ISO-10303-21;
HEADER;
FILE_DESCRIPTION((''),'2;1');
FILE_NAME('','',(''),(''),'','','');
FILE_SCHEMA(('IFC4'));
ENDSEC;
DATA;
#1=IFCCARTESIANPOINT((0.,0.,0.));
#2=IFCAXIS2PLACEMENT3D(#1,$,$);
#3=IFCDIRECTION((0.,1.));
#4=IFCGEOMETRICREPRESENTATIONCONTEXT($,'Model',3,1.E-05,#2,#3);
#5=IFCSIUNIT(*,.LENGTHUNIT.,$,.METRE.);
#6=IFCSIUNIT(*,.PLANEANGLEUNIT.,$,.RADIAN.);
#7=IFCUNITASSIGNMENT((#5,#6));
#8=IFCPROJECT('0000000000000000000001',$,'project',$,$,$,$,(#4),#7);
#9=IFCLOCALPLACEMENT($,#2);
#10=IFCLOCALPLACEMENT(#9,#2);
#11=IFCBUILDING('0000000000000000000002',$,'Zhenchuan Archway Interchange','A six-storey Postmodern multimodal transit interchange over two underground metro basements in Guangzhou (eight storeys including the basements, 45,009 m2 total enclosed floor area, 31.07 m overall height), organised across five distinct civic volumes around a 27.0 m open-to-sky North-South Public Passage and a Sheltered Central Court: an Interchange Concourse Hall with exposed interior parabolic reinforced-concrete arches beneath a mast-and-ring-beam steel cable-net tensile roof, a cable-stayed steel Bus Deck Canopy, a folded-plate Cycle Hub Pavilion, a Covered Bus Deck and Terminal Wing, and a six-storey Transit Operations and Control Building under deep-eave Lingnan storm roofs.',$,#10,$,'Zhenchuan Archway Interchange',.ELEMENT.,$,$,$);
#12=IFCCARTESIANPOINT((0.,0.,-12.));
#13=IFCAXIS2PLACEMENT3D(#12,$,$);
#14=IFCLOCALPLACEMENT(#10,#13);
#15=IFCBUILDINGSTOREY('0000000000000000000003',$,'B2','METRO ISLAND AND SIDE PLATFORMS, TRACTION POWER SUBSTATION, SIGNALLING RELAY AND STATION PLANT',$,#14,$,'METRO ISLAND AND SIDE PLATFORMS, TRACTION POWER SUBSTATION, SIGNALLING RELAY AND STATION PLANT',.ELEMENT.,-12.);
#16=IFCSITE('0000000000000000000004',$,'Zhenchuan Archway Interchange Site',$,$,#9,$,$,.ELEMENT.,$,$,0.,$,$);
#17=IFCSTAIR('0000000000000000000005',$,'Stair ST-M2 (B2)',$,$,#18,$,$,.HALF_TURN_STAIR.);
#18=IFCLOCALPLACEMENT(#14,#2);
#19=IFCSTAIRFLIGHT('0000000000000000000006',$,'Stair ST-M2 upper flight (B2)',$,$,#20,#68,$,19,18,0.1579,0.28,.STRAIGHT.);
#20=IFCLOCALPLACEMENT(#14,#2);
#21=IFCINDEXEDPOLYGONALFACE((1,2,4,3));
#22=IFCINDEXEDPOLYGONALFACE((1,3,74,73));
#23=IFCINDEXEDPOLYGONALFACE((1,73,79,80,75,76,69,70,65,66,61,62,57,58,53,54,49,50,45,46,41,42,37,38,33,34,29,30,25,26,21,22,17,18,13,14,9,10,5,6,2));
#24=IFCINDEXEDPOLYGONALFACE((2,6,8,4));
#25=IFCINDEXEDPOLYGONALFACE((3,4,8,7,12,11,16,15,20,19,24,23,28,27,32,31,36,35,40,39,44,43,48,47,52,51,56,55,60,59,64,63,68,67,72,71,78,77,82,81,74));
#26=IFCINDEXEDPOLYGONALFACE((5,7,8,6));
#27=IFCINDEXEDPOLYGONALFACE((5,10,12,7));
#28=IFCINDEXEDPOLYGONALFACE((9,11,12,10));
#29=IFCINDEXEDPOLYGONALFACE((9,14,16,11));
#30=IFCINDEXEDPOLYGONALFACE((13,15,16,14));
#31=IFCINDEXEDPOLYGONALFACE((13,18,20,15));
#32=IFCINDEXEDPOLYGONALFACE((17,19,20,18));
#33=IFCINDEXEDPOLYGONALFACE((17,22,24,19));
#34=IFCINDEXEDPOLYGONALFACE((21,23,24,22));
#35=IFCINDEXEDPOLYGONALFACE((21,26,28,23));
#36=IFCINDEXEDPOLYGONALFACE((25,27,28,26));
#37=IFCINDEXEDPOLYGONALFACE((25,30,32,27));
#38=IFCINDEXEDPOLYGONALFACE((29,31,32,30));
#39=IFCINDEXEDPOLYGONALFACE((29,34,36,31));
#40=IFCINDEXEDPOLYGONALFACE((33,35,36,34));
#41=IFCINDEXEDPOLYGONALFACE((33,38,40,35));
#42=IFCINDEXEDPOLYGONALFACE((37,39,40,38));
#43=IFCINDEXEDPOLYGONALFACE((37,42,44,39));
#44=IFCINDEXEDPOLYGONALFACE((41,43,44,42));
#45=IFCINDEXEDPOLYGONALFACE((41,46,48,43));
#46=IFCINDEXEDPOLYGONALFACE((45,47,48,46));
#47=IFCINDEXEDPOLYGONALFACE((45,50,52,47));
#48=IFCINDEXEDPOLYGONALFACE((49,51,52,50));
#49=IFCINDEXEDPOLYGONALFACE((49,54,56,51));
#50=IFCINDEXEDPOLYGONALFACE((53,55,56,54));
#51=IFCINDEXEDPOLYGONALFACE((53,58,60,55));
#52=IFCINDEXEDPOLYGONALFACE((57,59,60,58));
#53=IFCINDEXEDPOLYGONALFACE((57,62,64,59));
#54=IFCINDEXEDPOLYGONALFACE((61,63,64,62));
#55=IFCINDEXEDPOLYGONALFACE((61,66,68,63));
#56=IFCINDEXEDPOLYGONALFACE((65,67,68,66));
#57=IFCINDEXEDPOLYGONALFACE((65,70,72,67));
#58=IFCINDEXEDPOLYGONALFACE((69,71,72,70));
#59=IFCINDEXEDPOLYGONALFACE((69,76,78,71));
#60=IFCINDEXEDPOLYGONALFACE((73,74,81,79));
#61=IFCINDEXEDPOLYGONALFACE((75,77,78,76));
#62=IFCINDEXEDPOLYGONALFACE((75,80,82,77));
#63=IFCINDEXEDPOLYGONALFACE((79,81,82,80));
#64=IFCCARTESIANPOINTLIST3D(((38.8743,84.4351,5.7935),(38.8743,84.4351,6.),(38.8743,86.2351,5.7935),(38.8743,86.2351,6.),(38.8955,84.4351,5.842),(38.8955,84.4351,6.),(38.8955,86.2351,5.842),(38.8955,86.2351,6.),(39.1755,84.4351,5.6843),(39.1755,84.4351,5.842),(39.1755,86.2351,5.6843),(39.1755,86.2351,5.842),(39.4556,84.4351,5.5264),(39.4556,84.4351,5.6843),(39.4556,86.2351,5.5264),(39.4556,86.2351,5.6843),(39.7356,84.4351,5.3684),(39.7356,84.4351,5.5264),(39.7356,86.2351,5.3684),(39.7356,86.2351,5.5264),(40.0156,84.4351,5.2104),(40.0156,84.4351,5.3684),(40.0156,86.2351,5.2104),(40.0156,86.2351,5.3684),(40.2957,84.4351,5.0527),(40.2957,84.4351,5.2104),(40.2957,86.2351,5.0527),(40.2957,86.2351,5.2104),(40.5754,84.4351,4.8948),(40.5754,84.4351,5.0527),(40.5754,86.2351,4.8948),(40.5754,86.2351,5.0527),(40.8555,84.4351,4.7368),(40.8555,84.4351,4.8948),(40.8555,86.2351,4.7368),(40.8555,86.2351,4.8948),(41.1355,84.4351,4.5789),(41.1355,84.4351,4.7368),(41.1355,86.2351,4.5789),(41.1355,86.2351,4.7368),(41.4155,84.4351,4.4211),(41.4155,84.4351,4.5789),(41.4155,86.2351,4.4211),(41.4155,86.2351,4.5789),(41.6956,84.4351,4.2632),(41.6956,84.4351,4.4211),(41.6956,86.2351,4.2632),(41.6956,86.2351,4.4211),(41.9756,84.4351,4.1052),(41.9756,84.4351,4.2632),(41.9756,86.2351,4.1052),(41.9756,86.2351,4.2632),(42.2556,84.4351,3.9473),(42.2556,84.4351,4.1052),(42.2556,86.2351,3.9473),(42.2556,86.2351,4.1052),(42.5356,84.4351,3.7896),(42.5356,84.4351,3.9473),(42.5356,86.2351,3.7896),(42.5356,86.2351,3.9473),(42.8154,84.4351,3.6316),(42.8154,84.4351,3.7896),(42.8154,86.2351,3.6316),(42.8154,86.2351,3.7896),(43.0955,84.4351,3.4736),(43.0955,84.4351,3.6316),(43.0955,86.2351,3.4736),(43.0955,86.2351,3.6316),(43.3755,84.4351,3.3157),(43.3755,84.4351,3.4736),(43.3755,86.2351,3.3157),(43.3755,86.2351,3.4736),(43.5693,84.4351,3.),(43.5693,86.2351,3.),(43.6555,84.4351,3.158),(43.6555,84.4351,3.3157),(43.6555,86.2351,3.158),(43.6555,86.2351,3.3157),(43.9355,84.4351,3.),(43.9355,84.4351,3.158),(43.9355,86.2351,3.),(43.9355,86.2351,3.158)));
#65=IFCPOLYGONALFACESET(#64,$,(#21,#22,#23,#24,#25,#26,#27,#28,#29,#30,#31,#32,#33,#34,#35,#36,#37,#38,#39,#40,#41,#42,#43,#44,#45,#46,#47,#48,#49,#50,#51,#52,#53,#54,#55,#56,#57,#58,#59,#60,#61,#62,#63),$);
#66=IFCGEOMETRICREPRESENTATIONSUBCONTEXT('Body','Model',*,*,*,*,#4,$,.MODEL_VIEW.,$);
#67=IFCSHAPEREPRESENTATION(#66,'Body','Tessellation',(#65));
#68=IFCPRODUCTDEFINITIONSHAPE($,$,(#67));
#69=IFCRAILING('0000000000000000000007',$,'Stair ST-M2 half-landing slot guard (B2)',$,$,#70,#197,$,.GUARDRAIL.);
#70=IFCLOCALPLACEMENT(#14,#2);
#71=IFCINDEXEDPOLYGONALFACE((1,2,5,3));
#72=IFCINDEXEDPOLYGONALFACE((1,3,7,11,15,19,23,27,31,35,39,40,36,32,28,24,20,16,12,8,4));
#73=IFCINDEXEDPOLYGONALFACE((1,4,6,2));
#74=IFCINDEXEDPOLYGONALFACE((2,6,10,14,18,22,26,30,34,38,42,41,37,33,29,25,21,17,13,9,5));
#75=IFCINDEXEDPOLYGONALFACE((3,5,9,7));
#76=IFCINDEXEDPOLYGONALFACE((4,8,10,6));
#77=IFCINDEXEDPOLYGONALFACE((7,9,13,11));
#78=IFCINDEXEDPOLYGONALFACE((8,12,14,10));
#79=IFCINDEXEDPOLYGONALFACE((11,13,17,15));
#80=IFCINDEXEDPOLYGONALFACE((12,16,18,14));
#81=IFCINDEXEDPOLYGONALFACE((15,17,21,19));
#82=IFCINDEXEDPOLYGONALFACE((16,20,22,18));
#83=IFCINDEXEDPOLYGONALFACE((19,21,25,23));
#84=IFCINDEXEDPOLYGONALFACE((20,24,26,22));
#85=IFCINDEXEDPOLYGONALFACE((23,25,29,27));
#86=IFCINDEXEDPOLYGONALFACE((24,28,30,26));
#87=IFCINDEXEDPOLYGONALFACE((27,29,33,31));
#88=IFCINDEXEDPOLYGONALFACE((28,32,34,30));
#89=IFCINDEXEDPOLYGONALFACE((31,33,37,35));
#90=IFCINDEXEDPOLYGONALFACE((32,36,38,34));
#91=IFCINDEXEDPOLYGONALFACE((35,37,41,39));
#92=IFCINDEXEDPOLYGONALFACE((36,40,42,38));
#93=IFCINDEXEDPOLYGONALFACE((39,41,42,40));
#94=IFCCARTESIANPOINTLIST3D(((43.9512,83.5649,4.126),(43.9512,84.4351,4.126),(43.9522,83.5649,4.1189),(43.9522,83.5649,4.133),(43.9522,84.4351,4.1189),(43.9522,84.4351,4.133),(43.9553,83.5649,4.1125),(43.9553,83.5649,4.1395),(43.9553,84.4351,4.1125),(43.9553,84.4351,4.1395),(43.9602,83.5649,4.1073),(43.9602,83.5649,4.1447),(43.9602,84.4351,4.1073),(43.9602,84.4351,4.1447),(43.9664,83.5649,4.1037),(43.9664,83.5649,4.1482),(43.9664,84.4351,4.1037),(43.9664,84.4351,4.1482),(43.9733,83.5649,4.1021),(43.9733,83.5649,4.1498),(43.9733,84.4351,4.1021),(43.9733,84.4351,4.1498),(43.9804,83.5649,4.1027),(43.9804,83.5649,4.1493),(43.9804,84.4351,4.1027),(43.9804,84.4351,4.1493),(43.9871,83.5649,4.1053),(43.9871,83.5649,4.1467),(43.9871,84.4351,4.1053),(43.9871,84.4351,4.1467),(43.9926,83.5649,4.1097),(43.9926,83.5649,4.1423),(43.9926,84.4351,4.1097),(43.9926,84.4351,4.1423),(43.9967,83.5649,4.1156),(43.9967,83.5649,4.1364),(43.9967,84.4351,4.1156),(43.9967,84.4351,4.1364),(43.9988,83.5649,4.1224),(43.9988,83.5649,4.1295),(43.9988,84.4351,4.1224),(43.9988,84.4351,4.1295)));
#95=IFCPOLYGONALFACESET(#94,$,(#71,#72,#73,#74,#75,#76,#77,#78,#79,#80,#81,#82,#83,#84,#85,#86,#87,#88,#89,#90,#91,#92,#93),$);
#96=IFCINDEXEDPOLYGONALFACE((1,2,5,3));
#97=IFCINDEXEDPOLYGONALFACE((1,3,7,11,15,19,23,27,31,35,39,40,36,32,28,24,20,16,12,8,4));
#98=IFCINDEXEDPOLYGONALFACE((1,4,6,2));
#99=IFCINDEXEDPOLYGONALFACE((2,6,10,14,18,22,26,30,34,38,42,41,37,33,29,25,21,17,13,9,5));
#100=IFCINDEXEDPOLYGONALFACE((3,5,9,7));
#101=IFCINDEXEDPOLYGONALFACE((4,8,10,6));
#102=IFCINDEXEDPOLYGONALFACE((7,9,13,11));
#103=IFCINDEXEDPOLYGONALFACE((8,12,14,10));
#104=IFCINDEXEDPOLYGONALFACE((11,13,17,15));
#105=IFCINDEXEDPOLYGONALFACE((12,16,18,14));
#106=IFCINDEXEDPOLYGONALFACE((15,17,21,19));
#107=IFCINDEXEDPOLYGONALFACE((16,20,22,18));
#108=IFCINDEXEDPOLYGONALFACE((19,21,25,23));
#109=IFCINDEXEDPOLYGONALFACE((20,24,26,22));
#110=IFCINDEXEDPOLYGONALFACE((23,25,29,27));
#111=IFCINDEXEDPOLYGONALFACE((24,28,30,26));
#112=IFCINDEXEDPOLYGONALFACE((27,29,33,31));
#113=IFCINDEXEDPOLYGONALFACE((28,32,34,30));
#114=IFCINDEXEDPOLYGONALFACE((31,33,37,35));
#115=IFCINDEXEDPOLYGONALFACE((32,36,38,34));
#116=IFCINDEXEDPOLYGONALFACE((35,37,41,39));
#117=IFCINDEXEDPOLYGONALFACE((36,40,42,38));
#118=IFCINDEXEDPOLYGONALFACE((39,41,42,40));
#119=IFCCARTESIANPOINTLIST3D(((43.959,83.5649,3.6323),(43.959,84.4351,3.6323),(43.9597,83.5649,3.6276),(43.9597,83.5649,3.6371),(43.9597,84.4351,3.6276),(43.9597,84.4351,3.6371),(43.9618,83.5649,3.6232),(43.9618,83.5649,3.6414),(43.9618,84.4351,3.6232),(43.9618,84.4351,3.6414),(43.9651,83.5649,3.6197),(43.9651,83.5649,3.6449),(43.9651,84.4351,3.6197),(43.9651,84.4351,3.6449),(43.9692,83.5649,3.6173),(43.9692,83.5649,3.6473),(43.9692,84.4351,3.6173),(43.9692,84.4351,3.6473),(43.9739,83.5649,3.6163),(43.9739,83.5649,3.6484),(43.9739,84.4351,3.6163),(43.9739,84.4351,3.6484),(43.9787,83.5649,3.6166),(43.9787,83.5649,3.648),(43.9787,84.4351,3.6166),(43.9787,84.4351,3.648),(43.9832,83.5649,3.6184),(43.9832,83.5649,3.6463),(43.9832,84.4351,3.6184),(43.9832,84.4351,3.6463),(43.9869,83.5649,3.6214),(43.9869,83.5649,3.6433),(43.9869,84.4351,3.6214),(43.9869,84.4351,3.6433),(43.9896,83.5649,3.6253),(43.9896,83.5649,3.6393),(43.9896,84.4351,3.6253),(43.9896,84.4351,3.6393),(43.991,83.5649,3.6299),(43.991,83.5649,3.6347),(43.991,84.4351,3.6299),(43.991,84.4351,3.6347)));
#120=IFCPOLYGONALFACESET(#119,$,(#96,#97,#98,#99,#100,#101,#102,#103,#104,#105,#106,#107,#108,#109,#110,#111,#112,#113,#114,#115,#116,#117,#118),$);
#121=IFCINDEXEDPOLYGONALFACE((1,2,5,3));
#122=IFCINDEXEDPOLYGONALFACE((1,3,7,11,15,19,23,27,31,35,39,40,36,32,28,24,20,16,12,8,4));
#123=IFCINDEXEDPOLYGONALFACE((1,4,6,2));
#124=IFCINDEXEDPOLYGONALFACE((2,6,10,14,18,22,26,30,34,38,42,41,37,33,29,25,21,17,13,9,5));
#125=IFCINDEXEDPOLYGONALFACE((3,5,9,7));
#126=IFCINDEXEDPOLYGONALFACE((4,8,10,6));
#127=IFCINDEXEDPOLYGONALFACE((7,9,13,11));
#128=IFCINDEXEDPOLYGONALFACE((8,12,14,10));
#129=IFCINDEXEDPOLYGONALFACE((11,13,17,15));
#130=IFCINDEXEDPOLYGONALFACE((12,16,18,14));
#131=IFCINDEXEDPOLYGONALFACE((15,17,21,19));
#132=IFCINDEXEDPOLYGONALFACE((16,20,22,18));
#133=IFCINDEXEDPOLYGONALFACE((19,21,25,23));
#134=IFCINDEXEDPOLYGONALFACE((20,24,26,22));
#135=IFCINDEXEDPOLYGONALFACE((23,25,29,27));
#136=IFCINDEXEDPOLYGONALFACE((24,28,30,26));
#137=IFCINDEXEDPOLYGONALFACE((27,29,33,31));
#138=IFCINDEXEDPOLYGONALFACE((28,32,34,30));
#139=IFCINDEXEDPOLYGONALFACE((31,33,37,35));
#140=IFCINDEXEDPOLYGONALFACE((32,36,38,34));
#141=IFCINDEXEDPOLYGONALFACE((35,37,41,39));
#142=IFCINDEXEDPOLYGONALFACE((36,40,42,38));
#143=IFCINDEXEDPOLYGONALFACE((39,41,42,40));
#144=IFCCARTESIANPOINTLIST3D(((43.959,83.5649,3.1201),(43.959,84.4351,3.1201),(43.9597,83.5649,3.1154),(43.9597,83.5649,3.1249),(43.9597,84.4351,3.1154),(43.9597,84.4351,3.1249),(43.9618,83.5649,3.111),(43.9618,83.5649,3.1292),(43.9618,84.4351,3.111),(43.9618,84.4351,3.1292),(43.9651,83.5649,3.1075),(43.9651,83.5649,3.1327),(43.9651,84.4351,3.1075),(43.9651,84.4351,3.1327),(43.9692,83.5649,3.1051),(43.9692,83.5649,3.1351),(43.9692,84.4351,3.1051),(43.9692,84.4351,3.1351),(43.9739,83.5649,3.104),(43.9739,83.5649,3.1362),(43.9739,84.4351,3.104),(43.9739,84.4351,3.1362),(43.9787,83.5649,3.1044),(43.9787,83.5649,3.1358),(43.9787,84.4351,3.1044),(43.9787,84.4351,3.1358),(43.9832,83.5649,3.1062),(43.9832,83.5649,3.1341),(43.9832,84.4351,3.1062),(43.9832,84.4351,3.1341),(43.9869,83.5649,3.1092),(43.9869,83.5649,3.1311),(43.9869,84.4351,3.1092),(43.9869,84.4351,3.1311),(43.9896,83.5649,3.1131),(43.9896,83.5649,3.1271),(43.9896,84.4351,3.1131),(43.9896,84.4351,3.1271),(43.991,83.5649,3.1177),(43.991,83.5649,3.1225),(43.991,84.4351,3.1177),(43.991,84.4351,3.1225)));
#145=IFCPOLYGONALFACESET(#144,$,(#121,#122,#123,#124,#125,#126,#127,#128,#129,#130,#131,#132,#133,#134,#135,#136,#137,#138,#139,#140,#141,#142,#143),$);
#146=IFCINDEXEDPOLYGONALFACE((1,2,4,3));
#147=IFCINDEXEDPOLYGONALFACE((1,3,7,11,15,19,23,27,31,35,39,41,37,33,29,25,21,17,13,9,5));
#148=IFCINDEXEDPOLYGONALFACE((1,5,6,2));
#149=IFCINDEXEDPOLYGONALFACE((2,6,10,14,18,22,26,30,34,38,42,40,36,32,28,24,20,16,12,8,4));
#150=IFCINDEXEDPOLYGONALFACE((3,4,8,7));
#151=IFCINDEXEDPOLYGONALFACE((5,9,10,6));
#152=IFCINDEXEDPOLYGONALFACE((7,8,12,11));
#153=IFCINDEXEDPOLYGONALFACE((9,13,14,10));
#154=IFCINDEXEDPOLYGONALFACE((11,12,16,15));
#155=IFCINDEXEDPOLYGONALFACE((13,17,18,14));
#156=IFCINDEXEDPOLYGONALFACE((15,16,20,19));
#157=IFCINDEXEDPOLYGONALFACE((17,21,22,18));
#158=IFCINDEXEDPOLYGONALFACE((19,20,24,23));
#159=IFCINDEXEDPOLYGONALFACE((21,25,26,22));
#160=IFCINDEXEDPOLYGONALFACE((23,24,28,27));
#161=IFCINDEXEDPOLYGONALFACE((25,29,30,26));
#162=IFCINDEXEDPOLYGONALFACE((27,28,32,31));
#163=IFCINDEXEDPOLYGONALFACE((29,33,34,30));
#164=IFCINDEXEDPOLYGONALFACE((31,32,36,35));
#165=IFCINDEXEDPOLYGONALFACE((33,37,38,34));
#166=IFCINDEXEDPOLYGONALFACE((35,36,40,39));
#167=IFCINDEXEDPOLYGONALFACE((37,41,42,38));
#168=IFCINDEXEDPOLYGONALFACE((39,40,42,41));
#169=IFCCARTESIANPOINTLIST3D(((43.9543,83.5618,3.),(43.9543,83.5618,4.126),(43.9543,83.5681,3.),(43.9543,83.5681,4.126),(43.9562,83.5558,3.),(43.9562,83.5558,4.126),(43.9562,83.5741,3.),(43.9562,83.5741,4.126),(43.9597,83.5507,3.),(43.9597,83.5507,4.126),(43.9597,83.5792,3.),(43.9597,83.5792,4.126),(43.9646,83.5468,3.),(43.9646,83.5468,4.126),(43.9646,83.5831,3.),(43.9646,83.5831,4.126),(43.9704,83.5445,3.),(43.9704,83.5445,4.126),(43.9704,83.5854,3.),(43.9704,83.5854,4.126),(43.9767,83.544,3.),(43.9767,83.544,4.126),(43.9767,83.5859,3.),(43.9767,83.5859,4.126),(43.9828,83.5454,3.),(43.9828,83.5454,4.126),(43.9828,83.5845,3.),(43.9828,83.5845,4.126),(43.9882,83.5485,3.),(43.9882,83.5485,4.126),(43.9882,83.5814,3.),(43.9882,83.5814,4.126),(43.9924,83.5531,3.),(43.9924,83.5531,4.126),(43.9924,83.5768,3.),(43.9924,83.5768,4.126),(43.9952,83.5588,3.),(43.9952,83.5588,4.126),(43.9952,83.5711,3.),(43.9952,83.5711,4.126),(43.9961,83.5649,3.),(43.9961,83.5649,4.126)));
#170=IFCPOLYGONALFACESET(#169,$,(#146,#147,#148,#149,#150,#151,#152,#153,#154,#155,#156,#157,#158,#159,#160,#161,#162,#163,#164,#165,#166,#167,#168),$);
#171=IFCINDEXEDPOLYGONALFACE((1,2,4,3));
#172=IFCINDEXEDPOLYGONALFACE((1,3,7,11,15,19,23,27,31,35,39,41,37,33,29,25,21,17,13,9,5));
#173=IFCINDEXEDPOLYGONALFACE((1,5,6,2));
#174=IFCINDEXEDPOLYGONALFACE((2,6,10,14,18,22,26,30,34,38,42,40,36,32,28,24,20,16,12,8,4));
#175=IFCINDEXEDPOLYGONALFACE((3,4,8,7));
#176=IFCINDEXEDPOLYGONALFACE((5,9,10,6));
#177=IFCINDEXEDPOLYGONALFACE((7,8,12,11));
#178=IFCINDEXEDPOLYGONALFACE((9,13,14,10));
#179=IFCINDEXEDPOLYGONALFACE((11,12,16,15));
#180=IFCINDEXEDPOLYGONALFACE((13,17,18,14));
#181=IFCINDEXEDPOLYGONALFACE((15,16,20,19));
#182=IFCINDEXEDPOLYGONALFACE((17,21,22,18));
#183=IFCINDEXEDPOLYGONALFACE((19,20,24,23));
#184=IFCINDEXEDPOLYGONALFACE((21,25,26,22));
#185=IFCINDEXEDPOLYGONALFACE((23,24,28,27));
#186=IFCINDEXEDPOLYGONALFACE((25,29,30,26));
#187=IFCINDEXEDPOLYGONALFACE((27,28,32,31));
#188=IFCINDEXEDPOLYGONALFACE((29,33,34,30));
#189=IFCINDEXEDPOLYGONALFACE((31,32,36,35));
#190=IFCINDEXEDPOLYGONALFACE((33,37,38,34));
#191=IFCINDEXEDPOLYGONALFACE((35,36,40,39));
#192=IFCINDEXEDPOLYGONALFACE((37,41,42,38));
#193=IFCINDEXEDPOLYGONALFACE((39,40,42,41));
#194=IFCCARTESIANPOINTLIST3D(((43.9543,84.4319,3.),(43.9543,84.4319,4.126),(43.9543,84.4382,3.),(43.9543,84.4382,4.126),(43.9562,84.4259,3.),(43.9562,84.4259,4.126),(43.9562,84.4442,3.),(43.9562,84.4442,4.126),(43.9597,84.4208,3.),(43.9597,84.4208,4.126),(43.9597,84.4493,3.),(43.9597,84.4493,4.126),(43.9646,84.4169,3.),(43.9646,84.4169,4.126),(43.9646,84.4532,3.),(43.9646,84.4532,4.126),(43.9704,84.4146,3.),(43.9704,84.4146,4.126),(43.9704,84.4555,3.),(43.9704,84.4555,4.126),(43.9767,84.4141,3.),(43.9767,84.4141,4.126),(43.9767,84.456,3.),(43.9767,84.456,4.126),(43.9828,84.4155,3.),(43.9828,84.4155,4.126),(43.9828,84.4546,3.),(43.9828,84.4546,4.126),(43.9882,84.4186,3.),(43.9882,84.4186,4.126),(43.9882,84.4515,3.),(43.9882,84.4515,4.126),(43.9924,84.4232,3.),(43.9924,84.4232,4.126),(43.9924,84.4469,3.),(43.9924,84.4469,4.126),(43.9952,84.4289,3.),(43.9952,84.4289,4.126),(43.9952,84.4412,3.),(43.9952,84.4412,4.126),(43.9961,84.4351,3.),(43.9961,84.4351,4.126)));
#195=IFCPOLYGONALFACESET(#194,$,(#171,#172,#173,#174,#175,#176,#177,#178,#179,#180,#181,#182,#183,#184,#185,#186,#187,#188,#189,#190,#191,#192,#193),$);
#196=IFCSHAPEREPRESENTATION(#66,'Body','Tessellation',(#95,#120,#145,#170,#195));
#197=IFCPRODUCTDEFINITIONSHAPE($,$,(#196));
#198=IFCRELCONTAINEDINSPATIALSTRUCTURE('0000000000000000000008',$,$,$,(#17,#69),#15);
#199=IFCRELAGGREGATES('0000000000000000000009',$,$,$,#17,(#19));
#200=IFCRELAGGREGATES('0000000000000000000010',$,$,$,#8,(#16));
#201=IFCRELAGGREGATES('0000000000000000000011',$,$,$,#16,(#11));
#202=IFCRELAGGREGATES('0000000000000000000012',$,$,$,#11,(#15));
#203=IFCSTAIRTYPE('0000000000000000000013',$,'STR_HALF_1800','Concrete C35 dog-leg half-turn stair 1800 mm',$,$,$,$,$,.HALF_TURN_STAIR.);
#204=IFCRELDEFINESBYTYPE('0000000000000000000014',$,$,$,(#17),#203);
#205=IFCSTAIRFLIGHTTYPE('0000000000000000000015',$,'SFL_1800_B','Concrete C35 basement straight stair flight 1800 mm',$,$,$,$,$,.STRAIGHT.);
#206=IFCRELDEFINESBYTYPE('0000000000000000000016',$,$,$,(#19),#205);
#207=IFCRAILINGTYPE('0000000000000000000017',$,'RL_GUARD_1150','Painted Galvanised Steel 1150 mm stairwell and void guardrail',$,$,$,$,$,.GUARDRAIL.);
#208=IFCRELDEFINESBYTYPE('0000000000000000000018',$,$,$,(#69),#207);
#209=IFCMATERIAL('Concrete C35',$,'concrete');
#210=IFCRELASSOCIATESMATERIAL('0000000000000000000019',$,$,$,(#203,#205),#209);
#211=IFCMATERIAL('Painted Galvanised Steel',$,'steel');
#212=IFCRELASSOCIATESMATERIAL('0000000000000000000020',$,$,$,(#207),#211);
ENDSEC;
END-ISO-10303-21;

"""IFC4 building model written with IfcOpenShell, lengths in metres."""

from ifc_helpers import new_model, si_unit, direction, frame, origin, origin_2d, place, context, subcontext, project, spatial, polyline, circle, outline, extrude, material, type_object, element, aggregate, save


model = new_model("IFC4")

# Units and contexts
model_context = context("Model", 3, precision=1e-05, world=origin(), true_north=direction((0.0, 1.0)))
body_context = subcontext(model_context, "Body", "Model", "MODEL_VIEW")
ifc_project = project(units=[si_unit("LENGTHUNIT", "METRE"), si_unit("PLANEANGLEUNIT", "RADIAN")], contexts=[model_context])

# Site, building, storey
site_placement = place(None, origin())
site = spatial("IfcSite", under=ifc_project, at=site_placement, Name="Zhenchuan Archway Interchange Site", CompositionType="ELEMENT", RefElevation=0.0)
building_placement = place(site_placement, origin())
building = spatial("IfcBuilding", under=site, at=building_placement, Name="Zhenchuan Archway Interchange", Description="A six-storey Postmodern multimodal transit interchange over two underground metro basements in Guangzhou (eight storeys including the basements, 45,009 m2 total enclosed floor area, 31.07 m overall height), organised across five distinct civic volumes around a 27.0 m open-to-sky North-South Public Passage and a Sheltered Central Court: an Interchange Concourse Hall with exposed interior parabolic reinforced-concrete arches beneath a mast-and-ring-beam steel cable-net tensile roof, a cable-stayed steel Bus Deck Canopy, a folded-plate Cycle Hub Pavilion, a Covered Bus Deck and Terminal Wing, and a six-storey Transit Operations and Control Building under deep-eave Lingnan storm roofs.", LongName="Zhenchuan Archway Interchange", CompositionType="ELEMENT")
storey_placement = place(building_placement, frame((0.0, 0.0, -12.0)))
storey = spatial("IfcBuildingStorey", under=building, at=storey_placement, Name="B2", Description="METRO ISLAND AND SIDE PLATFORMS, TRACTION POWER SUBSTATION, SIGNALLING RELAY AND STATION PLANT", LongName="METRO ISLAND AND SIDE PLATFORMS, TRACTION POWER SUBSTATION, SIGNALLING RELAY AND STATION PLANT", CompositionType="ELEMENT", Elevation=-12.0)

# Shared definitions
ifc_material_1 = material(Name="Concrete C35", Category="concrete")

# Shared definitions
ifc_material_2 = material(Name="Painted Galvanised Steel", Category="steel")

# Stair, stair flight
stair_type = type_object("IfcStairType", Name="STR_HALF_1800", Description="Concrete C35 dog-leg half-turn stair 1800 mm", PredefinedType="HALF_TURN_STAIR", material=ifc_material_1)
stair_placement = place(storey_placement, origin())
stair = element("IfcStair", 1, at=stair_placement, inside=storey, type_object=stair_type, Name="Stair ST-M2 (B2)", PredefinedType="HALF_TURN_STAIR")
stair_flight_type = type_object("IfcStairFlightType", Name="SFL_1800_B", Description="Concrete C35 basement straight stair flight 1800 mm", PredefinedType="STRAIGHT", material=ifc_material_1)
stair_flight_1_placement = place(storey_placement, frame((43.9355, 85.335, 3.0), z_axis=(0.0, 0.0, 1.0), x_axis=(-1.0, 0.0, 0.0)))
stair_flight_1 = element("IfcStairFlight", 2, at=stair_flight_1_placement, type_object=stair_flight_type, Name="Stair ST-M2 upper flight (B2)", NumberOfRisers=19, NumberOfTreads=18, PredefinedType="STRAIGHT", RiserHeight=0.1579, TreadLength=0.28, context=body_context, shape_type="SweptSolid", body=[
    extrude(outline(polyline([(0.0, 0.0), (0.0, 0.158), (0.28, 0.158), (0.28, 0.3157), (0.5601, 0.3157), (0.5601, 0.4736), (0.8401, 0.4736), (0.8401, 0.6316), (1.1201, 0.6316), (1.1201, 0.7896), (1.3999, 0.7896), (1.3999, 0.9473), (1.6799, 0.9473), (1.6799, 1.1052), (1.96, 1.1052), (1.96, 1.2632), (2.24, 1.2632), (2.24, 1.4211), (2.52, 1.4211), (2.52, 1.5789), (2.8, 1.5789), (2.8, 1.7368), (3.0801, 1.7368), (3.0801, 1.8948), (3.3601, 1.8948), (3.3601, 2.0527), (3.6399, 2.0527), (3.6399, 2.2104), (3.9199, 2.2104), (3.9199, 2.3684), (4.2, 2.3684), (4.2, 2.5264), (4.48, 2.5264), (4.48, 2.6843), (4.76, 2.6843), (4.76, 2.842), (5.04, 2.842), (5.04, 3.0), (5.0613, 3.0), (5.0613, 2.7935), (0.3662, 0.0), (0.0, 0.0)])), frame((0.0, 0.8999, 0.0), z_axis=(0.0, -1.0, 0.0), x_axis=(1.0, 0.0, 0.0)), (0.0, 0.0, 1.0), 1.8),
])
aggregate(stair, [stair_flight_1])

# Railing
railing_type_1 = type_object("IfcRailingType", Name="RL_GUARD_1150", Description="Painted Galvanised Steel 1150 mm stairwell and void guardrail", PredefinedType="GUARDRAIL", material=ifc_material_2)
railing_placement = place(storey_placement, frame((43.9751, 83.5649, 3.0)))
element("IfcRailing", 3, at=railing_placement, inside=storey, type_object=railing_type_1, Name="Stair ST-M2 half-landing slot guard (B2)", PredefinedType="GUARDRAIL", context=body_context, shape_type="SweptSolid", body=[
    extrude(circle(Radius=0.0239, at=origin_2d()), frame((0.0, 0.0, 1.126), z_axis=(0.0, 1.0, 0.0), x_axis=(-1.0, 0.0, 0.0)), (0.0, 0.0, 1.0), 0.8701),
    extrude(circle(Radius=0.0161, at=origin_2d()), frame((0.0, 0.0, 0.6323), z_axis=(0.0, 1.0, 0.0), x_axis=(-1.0, 0.0, 0.0)), (0.0, 0.0, 1.0), 0.8701),
    extrude(circle(Radius=0.0161, at=origin_2d()), frame((0.0, 0.0, 0.1201), z_axis=(0.0, 1.0, 0.0), x_axis=(-1.0, 0.0, 0.0)), (0.0, 0.0, 1.0), 0.8701),
    extrude(circle(Radius=0.021, at=origin_2d()), origin(), (0.0, 0.0, 1.0), 1.126),
    extrude(circle(Radius=0.021, at=origin_2d()), frame((0.0, 0.8701, 0.0)), (0.0, 0.0, 1.0), 1.126),
])

save(model, "model.ifc")
